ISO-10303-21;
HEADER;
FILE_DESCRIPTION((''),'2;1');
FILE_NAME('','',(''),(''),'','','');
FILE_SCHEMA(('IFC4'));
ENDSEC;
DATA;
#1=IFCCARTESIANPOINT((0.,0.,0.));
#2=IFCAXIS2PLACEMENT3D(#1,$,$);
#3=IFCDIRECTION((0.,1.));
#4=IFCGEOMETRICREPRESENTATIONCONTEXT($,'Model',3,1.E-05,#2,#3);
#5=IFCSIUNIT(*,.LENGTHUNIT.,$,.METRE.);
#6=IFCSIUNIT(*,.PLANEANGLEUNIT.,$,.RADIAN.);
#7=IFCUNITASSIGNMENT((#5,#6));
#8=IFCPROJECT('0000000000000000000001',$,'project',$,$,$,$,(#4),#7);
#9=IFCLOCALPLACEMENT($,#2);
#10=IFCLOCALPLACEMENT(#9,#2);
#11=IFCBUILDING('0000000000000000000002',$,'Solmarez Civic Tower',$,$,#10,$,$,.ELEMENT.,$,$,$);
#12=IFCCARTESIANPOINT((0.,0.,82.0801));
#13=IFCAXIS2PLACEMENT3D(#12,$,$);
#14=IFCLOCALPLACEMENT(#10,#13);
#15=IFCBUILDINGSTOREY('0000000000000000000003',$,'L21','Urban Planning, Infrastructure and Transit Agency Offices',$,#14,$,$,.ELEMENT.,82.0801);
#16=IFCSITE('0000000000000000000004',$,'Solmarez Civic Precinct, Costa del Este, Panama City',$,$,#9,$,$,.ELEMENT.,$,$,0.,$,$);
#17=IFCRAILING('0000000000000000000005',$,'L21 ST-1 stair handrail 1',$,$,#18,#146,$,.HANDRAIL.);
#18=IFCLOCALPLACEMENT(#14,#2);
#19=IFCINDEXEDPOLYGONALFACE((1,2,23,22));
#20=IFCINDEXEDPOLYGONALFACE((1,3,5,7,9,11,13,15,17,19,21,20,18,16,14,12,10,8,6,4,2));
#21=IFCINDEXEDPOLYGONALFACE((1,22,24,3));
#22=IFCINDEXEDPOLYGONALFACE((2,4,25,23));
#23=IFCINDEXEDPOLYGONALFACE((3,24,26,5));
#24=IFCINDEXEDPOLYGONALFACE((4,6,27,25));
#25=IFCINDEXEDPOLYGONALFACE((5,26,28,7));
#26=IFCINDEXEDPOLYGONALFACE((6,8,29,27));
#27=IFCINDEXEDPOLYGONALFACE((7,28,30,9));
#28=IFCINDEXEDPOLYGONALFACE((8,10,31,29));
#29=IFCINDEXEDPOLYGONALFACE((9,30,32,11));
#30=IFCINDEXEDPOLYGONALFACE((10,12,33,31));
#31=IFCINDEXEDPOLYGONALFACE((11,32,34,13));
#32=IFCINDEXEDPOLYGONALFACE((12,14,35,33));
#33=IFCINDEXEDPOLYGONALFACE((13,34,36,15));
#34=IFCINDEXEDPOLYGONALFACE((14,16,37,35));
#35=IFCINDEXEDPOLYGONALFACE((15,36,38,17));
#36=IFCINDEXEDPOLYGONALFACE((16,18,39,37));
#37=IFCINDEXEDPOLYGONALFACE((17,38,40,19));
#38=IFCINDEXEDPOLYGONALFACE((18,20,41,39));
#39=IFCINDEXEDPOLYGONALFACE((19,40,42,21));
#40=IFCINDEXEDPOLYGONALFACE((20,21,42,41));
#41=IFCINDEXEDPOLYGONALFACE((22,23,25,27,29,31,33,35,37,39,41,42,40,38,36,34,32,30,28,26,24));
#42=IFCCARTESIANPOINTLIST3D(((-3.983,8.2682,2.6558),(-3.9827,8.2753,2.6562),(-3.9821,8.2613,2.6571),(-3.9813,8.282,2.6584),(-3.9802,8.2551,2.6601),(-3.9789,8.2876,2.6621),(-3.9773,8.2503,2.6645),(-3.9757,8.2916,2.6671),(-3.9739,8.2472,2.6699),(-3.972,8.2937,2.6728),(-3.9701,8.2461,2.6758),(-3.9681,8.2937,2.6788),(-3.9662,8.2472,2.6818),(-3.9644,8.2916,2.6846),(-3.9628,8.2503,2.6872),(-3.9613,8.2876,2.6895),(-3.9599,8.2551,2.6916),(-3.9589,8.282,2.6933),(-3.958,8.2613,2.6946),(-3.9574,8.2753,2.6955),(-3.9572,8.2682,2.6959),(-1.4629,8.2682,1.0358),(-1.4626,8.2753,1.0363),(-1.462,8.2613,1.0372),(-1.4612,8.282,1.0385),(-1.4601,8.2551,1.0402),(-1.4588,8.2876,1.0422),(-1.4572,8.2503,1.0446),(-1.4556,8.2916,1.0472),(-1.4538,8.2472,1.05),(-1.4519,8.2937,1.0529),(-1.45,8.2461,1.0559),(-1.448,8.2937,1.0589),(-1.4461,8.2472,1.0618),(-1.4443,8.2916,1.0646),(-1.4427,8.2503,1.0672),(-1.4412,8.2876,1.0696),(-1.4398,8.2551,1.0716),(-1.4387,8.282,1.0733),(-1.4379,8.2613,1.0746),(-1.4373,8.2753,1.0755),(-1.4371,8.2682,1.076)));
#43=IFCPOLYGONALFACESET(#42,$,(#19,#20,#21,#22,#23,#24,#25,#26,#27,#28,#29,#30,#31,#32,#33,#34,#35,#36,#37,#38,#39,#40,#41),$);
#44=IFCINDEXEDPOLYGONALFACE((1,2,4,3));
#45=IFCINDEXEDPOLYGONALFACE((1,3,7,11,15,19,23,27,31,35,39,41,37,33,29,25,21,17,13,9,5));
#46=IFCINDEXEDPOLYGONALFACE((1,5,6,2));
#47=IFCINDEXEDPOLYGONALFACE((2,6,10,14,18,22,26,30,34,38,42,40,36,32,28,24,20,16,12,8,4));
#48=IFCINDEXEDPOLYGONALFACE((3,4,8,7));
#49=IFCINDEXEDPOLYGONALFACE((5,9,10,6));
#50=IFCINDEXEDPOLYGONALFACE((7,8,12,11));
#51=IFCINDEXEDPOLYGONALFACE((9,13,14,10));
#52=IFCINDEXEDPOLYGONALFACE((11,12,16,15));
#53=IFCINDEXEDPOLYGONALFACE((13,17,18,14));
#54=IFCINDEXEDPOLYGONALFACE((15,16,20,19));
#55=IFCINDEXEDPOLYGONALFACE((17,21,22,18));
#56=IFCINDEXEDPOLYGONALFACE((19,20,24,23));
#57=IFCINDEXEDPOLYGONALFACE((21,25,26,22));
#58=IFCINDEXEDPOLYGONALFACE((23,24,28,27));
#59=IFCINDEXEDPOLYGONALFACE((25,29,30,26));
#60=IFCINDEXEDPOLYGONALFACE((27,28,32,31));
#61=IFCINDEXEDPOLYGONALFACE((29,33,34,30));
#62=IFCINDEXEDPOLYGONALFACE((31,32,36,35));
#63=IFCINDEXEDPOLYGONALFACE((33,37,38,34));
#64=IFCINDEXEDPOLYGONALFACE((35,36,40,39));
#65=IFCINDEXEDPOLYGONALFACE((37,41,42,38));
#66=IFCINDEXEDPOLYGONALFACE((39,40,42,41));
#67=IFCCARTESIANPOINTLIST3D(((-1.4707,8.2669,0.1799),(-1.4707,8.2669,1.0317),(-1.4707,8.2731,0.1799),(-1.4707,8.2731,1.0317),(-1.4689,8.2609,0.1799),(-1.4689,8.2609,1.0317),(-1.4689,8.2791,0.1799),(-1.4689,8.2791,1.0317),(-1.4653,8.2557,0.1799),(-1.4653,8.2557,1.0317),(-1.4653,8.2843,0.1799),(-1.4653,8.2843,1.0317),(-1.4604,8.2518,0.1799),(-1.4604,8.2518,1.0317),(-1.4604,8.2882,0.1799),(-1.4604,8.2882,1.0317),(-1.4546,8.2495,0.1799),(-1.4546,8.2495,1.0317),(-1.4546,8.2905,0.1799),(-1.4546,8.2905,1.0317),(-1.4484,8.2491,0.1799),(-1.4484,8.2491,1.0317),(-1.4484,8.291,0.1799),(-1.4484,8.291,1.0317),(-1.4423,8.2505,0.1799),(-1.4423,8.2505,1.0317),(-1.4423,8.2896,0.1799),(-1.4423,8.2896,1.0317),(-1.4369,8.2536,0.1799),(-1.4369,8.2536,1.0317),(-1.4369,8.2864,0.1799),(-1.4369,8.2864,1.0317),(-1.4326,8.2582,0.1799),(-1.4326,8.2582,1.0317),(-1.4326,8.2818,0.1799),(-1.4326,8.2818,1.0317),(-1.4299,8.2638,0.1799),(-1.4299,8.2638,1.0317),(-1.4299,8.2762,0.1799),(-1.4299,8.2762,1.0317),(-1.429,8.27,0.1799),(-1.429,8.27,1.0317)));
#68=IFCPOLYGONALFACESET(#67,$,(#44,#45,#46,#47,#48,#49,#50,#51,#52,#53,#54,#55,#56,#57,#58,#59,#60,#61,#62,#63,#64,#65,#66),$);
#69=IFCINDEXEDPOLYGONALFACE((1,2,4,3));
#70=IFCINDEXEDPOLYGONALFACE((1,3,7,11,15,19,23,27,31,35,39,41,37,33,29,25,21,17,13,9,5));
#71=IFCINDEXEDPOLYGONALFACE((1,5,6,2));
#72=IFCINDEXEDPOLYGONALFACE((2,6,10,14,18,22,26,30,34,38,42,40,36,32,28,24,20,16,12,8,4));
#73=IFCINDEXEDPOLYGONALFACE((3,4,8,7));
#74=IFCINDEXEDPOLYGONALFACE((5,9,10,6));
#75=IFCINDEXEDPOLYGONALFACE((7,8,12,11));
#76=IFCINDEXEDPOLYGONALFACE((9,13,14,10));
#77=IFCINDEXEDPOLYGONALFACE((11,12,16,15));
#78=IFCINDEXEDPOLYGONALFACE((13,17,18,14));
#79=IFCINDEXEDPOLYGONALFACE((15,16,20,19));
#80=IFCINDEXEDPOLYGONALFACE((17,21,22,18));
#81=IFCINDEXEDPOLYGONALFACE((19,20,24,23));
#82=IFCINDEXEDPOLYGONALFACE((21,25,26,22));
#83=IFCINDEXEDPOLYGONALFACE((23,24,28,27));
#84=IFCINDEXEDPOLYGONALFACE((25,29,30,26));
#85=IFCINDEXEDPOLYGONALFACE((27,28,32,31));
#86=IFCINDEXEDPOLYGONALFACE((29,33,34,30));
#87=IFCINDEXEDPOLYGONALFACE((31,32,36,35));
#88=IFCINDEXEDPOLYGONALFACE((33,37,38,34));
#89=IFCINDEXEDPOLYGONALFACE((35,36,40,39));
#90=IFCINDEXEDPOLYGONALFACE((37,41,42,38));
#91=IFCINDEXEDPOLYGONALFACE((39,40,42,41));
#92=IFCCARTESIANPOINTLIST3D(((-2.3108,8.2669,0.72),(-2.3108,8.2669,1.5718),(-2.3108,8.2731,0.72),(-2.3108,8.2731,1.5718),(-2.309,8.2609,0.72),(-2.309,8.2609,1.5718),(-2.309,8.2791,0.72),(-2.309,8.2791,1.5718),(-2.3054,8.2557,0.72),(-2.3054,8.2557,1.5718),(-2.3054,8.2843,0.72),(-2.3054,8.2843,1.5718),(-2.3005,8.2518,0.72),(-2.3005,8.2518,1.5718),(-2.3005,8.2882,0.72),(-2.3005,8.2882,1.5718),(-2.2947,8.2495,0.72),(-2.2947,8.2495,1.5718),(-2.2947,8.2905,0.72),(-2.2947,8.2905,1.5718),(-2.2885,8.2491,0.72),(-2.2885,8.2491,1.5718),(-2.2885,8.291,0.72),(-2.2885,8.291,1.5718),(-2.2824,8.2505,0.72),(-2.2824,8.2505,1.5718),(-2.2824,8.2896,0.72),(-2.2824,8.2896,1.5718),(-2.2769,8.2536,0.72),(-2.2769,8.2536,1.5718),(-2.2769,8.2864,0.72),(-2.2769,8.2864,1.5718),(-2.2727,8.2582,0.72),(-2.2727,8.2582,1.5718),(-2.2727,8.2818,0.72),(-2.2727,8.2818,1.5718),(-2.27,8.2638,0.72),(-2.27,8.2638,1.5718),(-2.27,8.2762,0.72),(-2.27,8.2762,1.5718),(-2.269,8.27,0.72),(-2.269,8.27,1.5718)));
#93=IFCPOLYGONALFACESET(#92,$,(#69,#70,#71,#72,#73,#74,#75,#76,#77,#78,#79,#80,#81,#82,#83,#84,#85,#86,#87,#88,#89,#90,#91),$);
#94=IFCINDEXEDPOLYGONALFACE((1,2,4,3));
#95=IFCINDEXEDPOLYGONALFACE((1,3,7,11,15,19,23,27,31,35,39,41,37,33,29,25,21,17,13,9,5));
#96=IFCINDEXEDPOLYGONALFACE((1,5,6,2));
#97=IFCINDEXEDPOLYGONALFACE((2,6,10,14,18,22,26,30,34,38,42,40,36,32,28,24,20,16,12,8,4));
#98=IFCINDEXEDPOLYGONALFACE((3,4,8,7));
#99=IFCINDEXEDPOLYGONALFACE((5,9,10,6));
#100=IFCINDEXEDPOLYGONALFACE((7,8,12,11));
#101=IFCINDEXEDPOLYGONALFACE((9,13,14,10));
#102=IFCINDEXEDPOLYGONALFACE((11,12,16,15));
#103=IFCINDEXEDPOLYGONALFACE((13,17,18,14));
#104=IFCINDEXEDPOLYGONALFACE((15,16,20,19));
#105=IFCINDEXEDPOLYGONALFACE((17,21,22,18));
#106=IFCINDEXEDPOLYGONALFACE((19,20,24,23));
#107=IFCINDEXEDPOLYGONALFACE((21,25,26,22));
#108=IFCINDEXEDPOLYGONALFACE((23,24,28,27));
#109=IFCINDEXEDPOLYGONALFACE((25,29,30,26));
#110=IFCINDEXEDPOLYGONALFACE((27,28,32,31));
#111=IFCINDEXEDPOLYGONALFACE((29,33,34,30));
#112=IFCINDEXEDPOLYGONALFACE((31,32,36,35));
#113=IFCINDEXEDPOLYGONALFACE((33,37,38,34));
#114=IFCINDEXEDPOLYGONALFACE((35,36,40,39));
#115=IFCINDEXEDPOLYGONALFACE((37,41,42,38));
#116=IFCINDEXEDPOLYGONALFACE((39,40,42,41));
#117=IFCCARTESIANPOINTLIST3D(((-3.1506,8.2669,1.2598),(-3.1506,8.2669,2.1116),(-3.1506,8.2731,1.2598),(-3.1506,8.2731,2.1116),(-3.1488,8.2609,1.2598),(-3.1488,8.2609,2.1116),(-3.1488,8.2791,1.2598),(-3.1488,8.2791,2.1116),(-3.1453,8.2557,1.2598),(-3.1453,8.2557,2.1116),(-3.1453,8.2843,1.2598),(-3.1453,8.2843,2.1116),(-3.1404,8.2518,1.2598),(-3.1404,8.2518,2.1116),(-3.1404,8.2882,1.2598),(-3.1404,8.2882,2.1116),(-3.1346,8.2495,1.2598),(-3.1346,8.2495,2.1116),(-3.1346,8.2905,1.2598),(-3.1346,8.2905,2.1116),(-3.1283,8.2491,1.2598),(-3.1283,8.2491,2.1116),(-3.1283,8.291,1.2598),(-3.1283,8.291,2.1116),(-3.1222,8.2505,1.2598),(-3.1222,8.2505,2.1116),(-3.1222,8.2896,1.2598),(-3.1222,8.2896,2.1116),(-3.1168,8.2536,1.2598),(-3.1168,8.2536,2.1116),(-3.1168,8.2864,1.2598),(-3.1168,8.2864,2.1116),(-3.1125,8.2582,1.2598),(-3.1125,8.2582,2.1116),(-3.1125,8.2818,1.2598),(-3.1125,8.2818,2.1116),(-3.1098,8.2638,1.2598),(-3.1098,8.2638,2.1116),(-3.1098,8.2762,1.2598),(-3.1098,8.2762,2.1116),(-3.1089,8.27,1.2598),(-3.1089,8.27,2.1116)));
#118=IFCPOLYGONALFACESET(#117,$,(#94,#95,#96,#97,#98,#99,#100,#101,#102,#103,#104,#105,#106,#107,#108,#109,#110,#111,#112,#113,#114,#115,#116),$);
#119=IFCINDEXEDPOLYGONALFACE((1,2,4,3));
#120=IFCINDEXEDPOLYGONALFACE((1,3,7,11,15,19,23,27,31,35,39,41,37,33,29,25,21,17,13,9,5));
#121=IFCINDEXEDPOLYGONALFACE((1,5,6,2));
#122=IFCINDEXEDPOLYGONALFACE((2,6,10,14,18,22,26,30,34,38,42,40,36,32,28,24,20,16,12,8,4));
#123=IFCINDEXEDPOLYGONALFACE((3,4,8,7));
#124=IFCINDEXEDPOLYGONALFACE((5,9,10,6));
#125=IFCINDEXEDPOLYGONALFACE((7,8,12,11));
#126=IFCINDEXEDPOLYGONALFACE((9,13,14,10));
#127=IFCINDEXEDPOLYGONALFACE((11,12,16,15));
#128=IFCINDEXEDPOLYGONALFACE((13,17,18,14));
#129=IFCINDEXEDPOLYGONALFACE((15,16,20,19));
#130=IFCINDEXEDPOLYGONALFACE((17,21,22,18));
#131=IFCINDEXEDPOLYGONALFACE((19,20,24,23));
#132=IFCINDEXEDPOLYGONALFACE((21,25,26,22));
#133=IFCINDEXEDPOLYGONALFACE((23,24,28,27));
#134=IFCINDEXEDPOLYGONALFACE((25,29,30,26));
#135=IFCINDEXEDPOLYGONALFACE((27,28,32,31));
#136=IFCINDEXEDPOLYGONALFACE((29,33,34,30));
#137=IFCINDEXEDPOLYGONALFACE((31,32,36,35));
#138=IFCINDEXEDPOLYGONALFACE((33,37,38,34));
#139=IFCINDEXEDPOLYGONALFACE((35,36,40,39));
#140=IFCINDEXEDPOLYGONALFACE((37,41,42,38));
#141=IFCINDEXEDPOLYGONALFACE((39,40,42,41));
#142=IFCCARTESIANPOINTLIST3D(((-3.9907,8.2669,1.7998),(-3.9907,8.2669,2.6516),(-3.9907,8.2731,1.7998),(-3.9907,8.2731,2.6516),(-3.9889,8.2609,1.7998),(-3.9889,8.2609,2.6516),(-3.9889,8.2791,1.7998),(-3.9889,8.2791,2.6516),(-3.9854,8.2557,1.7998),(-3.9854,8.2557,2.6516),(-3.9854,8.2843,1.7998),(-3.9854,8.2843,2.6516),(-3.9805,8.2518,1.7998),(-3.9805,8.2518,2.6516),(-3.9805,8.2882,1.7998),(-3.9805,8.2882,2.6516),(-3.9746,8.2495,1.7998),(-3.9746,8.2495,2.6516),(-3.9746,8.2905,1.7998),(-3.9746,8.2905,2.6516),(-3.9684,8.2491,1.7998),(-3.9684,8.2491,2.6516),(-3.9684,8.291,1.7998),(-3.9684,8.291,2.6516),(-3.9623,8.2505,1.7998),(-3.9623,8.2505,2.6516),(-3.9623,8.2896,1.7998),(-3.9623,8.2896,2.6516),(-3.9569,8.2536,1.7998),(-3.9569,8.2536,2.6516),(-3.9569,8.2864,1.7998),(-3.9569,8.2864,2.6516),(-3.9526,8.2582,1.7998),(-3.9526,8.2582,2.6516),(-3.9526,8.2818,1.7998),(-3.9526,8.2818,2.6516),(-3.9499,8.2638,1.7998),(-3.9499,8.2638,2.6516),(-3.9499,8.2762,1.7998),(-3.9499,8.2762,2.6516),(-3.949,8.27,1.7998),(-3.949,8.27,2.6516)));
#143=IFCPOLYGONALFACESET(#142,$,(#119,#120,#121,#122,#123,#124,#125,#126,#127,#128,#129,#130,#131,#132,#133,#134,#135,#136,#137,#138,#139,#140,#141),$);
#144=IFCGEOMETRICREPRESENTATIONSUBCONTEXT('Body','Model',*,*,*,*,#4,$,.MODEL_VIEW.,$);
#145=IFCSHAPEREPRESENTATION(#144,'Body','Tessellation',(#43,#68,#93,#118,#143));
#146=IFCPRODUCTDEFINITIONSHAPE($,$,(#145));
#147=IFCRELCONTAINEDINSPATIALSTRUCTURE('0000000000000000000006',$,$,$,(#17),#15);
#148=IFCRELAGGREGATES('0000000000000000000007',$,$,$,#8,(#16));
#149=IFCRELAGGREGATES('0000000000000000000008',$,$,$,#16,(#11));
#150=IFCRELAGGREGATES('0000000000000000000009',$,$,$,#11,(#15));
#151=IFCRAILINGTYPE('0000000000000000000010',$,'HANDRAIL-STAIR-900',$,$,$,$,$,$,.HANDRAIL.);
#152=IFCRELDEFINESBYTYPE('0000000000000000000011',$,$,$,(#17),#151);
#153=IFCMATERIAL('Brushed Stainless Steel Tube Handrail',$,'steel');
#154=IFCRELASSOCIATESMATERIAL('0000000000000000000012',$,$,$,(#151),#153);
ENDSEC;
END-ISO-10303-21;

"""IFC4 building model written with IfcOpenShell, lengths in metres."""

from ifc_helpers import new_model, si_unit, direction, frame, origin, origin_2d, place, context, subcontext, project, spatial, circle, extrude, material, type_object, element, save


model = new_model("IFC4")

# Units and contexts
model_context = context("Model", 3, precision=1e-05, world=origin(), true_north=direction((0.0, 1.0)))
body_context = subcontext(model_context, "Body", "Model", "MODEL_VIEW")
ifc_project = project(units=[si_unit("LENGTHUNIT", "METRE"), si_unit("PLANEANGLEUNIT", "RADIAN")], contexts=[model_context])

# Site, building, storey
site_placement = place(None, origin())
site = spatial("IfcSite", under=ifc_project, at=site_placement, Name="Solmarez Civic Precinct, Costa del Este, Panama City", CompositionType="ELEMENT", RefElevation=0.0)
building_placement = place(site_placement, origin())
building = spatial("IfcBuilding", under=site, at=building_placement, Name="Solmarez Civic Tower", CompositionType="ELEMENT")
storey_placement = place(building_placement, frame((0.0, 0.0, 82.0801)))
storey = spatial("IfcBuildingStorey", under=building, at=storey_placement, Name="L21", Description="Urban Planning, Infrastructure and Transit Agency Offices", CompositionType="ELEMENT", Elevation=82.0801)

# Railing
ifc_material_1 = material(Name="Brushed Stainless Steel Tube Handrail", Category="steel")
railing_type_1 = type_object("IfcRailingType", Name="HANDRAIL-STAIR-900", PredefinedType="HANDRAIL", material=ifc_material_1)
railing_1_placement = place(storey_placement, frame((-1.45, 8.27, 0.1799)))
element("IfcRailing", 1, at=railing_1_placement, inside=storey, type_object=railing_type_1, Name="L21 ST-1 stair handrail 1", PredefinedType="HANDRAIL", context=body_context, shape_type="SweptSolid", body=[
    extrude(circle(Radius=0.0239, at=origin_2d()), frame((0.0, 0.0, 0.876), z_axis=(-0.8412, 0.0, 0.540725), x_axis=(0.0, -1.0, 0.0)), (0.0, 0.0, 1.0), 2.9958),
    extrude(circle(Radius=0.021, at=origin_2d()), origin(), (0.0, 0.0, 1.0), 0.8518),
    extrude(circle(Radius=0.021, at=origin_2d()), frame((-0.8401, 0.0, 0.54)), (0.0, 0.0, 1.0), 0.8518),
    extrude(circle(Radius=0.021, at=origin_2d()), frame((-1.6799, 0.0, 1.0798)), (0.0, 0.0, 1.0), 0.8518),
    extrude(circle(Radius=0.021, at=origin_2d()), frame((-2.52, 0.0, 1.6199)), (0.0, 0.0, 1.0), 0.8518),
])

save(model, "model.ifc")
